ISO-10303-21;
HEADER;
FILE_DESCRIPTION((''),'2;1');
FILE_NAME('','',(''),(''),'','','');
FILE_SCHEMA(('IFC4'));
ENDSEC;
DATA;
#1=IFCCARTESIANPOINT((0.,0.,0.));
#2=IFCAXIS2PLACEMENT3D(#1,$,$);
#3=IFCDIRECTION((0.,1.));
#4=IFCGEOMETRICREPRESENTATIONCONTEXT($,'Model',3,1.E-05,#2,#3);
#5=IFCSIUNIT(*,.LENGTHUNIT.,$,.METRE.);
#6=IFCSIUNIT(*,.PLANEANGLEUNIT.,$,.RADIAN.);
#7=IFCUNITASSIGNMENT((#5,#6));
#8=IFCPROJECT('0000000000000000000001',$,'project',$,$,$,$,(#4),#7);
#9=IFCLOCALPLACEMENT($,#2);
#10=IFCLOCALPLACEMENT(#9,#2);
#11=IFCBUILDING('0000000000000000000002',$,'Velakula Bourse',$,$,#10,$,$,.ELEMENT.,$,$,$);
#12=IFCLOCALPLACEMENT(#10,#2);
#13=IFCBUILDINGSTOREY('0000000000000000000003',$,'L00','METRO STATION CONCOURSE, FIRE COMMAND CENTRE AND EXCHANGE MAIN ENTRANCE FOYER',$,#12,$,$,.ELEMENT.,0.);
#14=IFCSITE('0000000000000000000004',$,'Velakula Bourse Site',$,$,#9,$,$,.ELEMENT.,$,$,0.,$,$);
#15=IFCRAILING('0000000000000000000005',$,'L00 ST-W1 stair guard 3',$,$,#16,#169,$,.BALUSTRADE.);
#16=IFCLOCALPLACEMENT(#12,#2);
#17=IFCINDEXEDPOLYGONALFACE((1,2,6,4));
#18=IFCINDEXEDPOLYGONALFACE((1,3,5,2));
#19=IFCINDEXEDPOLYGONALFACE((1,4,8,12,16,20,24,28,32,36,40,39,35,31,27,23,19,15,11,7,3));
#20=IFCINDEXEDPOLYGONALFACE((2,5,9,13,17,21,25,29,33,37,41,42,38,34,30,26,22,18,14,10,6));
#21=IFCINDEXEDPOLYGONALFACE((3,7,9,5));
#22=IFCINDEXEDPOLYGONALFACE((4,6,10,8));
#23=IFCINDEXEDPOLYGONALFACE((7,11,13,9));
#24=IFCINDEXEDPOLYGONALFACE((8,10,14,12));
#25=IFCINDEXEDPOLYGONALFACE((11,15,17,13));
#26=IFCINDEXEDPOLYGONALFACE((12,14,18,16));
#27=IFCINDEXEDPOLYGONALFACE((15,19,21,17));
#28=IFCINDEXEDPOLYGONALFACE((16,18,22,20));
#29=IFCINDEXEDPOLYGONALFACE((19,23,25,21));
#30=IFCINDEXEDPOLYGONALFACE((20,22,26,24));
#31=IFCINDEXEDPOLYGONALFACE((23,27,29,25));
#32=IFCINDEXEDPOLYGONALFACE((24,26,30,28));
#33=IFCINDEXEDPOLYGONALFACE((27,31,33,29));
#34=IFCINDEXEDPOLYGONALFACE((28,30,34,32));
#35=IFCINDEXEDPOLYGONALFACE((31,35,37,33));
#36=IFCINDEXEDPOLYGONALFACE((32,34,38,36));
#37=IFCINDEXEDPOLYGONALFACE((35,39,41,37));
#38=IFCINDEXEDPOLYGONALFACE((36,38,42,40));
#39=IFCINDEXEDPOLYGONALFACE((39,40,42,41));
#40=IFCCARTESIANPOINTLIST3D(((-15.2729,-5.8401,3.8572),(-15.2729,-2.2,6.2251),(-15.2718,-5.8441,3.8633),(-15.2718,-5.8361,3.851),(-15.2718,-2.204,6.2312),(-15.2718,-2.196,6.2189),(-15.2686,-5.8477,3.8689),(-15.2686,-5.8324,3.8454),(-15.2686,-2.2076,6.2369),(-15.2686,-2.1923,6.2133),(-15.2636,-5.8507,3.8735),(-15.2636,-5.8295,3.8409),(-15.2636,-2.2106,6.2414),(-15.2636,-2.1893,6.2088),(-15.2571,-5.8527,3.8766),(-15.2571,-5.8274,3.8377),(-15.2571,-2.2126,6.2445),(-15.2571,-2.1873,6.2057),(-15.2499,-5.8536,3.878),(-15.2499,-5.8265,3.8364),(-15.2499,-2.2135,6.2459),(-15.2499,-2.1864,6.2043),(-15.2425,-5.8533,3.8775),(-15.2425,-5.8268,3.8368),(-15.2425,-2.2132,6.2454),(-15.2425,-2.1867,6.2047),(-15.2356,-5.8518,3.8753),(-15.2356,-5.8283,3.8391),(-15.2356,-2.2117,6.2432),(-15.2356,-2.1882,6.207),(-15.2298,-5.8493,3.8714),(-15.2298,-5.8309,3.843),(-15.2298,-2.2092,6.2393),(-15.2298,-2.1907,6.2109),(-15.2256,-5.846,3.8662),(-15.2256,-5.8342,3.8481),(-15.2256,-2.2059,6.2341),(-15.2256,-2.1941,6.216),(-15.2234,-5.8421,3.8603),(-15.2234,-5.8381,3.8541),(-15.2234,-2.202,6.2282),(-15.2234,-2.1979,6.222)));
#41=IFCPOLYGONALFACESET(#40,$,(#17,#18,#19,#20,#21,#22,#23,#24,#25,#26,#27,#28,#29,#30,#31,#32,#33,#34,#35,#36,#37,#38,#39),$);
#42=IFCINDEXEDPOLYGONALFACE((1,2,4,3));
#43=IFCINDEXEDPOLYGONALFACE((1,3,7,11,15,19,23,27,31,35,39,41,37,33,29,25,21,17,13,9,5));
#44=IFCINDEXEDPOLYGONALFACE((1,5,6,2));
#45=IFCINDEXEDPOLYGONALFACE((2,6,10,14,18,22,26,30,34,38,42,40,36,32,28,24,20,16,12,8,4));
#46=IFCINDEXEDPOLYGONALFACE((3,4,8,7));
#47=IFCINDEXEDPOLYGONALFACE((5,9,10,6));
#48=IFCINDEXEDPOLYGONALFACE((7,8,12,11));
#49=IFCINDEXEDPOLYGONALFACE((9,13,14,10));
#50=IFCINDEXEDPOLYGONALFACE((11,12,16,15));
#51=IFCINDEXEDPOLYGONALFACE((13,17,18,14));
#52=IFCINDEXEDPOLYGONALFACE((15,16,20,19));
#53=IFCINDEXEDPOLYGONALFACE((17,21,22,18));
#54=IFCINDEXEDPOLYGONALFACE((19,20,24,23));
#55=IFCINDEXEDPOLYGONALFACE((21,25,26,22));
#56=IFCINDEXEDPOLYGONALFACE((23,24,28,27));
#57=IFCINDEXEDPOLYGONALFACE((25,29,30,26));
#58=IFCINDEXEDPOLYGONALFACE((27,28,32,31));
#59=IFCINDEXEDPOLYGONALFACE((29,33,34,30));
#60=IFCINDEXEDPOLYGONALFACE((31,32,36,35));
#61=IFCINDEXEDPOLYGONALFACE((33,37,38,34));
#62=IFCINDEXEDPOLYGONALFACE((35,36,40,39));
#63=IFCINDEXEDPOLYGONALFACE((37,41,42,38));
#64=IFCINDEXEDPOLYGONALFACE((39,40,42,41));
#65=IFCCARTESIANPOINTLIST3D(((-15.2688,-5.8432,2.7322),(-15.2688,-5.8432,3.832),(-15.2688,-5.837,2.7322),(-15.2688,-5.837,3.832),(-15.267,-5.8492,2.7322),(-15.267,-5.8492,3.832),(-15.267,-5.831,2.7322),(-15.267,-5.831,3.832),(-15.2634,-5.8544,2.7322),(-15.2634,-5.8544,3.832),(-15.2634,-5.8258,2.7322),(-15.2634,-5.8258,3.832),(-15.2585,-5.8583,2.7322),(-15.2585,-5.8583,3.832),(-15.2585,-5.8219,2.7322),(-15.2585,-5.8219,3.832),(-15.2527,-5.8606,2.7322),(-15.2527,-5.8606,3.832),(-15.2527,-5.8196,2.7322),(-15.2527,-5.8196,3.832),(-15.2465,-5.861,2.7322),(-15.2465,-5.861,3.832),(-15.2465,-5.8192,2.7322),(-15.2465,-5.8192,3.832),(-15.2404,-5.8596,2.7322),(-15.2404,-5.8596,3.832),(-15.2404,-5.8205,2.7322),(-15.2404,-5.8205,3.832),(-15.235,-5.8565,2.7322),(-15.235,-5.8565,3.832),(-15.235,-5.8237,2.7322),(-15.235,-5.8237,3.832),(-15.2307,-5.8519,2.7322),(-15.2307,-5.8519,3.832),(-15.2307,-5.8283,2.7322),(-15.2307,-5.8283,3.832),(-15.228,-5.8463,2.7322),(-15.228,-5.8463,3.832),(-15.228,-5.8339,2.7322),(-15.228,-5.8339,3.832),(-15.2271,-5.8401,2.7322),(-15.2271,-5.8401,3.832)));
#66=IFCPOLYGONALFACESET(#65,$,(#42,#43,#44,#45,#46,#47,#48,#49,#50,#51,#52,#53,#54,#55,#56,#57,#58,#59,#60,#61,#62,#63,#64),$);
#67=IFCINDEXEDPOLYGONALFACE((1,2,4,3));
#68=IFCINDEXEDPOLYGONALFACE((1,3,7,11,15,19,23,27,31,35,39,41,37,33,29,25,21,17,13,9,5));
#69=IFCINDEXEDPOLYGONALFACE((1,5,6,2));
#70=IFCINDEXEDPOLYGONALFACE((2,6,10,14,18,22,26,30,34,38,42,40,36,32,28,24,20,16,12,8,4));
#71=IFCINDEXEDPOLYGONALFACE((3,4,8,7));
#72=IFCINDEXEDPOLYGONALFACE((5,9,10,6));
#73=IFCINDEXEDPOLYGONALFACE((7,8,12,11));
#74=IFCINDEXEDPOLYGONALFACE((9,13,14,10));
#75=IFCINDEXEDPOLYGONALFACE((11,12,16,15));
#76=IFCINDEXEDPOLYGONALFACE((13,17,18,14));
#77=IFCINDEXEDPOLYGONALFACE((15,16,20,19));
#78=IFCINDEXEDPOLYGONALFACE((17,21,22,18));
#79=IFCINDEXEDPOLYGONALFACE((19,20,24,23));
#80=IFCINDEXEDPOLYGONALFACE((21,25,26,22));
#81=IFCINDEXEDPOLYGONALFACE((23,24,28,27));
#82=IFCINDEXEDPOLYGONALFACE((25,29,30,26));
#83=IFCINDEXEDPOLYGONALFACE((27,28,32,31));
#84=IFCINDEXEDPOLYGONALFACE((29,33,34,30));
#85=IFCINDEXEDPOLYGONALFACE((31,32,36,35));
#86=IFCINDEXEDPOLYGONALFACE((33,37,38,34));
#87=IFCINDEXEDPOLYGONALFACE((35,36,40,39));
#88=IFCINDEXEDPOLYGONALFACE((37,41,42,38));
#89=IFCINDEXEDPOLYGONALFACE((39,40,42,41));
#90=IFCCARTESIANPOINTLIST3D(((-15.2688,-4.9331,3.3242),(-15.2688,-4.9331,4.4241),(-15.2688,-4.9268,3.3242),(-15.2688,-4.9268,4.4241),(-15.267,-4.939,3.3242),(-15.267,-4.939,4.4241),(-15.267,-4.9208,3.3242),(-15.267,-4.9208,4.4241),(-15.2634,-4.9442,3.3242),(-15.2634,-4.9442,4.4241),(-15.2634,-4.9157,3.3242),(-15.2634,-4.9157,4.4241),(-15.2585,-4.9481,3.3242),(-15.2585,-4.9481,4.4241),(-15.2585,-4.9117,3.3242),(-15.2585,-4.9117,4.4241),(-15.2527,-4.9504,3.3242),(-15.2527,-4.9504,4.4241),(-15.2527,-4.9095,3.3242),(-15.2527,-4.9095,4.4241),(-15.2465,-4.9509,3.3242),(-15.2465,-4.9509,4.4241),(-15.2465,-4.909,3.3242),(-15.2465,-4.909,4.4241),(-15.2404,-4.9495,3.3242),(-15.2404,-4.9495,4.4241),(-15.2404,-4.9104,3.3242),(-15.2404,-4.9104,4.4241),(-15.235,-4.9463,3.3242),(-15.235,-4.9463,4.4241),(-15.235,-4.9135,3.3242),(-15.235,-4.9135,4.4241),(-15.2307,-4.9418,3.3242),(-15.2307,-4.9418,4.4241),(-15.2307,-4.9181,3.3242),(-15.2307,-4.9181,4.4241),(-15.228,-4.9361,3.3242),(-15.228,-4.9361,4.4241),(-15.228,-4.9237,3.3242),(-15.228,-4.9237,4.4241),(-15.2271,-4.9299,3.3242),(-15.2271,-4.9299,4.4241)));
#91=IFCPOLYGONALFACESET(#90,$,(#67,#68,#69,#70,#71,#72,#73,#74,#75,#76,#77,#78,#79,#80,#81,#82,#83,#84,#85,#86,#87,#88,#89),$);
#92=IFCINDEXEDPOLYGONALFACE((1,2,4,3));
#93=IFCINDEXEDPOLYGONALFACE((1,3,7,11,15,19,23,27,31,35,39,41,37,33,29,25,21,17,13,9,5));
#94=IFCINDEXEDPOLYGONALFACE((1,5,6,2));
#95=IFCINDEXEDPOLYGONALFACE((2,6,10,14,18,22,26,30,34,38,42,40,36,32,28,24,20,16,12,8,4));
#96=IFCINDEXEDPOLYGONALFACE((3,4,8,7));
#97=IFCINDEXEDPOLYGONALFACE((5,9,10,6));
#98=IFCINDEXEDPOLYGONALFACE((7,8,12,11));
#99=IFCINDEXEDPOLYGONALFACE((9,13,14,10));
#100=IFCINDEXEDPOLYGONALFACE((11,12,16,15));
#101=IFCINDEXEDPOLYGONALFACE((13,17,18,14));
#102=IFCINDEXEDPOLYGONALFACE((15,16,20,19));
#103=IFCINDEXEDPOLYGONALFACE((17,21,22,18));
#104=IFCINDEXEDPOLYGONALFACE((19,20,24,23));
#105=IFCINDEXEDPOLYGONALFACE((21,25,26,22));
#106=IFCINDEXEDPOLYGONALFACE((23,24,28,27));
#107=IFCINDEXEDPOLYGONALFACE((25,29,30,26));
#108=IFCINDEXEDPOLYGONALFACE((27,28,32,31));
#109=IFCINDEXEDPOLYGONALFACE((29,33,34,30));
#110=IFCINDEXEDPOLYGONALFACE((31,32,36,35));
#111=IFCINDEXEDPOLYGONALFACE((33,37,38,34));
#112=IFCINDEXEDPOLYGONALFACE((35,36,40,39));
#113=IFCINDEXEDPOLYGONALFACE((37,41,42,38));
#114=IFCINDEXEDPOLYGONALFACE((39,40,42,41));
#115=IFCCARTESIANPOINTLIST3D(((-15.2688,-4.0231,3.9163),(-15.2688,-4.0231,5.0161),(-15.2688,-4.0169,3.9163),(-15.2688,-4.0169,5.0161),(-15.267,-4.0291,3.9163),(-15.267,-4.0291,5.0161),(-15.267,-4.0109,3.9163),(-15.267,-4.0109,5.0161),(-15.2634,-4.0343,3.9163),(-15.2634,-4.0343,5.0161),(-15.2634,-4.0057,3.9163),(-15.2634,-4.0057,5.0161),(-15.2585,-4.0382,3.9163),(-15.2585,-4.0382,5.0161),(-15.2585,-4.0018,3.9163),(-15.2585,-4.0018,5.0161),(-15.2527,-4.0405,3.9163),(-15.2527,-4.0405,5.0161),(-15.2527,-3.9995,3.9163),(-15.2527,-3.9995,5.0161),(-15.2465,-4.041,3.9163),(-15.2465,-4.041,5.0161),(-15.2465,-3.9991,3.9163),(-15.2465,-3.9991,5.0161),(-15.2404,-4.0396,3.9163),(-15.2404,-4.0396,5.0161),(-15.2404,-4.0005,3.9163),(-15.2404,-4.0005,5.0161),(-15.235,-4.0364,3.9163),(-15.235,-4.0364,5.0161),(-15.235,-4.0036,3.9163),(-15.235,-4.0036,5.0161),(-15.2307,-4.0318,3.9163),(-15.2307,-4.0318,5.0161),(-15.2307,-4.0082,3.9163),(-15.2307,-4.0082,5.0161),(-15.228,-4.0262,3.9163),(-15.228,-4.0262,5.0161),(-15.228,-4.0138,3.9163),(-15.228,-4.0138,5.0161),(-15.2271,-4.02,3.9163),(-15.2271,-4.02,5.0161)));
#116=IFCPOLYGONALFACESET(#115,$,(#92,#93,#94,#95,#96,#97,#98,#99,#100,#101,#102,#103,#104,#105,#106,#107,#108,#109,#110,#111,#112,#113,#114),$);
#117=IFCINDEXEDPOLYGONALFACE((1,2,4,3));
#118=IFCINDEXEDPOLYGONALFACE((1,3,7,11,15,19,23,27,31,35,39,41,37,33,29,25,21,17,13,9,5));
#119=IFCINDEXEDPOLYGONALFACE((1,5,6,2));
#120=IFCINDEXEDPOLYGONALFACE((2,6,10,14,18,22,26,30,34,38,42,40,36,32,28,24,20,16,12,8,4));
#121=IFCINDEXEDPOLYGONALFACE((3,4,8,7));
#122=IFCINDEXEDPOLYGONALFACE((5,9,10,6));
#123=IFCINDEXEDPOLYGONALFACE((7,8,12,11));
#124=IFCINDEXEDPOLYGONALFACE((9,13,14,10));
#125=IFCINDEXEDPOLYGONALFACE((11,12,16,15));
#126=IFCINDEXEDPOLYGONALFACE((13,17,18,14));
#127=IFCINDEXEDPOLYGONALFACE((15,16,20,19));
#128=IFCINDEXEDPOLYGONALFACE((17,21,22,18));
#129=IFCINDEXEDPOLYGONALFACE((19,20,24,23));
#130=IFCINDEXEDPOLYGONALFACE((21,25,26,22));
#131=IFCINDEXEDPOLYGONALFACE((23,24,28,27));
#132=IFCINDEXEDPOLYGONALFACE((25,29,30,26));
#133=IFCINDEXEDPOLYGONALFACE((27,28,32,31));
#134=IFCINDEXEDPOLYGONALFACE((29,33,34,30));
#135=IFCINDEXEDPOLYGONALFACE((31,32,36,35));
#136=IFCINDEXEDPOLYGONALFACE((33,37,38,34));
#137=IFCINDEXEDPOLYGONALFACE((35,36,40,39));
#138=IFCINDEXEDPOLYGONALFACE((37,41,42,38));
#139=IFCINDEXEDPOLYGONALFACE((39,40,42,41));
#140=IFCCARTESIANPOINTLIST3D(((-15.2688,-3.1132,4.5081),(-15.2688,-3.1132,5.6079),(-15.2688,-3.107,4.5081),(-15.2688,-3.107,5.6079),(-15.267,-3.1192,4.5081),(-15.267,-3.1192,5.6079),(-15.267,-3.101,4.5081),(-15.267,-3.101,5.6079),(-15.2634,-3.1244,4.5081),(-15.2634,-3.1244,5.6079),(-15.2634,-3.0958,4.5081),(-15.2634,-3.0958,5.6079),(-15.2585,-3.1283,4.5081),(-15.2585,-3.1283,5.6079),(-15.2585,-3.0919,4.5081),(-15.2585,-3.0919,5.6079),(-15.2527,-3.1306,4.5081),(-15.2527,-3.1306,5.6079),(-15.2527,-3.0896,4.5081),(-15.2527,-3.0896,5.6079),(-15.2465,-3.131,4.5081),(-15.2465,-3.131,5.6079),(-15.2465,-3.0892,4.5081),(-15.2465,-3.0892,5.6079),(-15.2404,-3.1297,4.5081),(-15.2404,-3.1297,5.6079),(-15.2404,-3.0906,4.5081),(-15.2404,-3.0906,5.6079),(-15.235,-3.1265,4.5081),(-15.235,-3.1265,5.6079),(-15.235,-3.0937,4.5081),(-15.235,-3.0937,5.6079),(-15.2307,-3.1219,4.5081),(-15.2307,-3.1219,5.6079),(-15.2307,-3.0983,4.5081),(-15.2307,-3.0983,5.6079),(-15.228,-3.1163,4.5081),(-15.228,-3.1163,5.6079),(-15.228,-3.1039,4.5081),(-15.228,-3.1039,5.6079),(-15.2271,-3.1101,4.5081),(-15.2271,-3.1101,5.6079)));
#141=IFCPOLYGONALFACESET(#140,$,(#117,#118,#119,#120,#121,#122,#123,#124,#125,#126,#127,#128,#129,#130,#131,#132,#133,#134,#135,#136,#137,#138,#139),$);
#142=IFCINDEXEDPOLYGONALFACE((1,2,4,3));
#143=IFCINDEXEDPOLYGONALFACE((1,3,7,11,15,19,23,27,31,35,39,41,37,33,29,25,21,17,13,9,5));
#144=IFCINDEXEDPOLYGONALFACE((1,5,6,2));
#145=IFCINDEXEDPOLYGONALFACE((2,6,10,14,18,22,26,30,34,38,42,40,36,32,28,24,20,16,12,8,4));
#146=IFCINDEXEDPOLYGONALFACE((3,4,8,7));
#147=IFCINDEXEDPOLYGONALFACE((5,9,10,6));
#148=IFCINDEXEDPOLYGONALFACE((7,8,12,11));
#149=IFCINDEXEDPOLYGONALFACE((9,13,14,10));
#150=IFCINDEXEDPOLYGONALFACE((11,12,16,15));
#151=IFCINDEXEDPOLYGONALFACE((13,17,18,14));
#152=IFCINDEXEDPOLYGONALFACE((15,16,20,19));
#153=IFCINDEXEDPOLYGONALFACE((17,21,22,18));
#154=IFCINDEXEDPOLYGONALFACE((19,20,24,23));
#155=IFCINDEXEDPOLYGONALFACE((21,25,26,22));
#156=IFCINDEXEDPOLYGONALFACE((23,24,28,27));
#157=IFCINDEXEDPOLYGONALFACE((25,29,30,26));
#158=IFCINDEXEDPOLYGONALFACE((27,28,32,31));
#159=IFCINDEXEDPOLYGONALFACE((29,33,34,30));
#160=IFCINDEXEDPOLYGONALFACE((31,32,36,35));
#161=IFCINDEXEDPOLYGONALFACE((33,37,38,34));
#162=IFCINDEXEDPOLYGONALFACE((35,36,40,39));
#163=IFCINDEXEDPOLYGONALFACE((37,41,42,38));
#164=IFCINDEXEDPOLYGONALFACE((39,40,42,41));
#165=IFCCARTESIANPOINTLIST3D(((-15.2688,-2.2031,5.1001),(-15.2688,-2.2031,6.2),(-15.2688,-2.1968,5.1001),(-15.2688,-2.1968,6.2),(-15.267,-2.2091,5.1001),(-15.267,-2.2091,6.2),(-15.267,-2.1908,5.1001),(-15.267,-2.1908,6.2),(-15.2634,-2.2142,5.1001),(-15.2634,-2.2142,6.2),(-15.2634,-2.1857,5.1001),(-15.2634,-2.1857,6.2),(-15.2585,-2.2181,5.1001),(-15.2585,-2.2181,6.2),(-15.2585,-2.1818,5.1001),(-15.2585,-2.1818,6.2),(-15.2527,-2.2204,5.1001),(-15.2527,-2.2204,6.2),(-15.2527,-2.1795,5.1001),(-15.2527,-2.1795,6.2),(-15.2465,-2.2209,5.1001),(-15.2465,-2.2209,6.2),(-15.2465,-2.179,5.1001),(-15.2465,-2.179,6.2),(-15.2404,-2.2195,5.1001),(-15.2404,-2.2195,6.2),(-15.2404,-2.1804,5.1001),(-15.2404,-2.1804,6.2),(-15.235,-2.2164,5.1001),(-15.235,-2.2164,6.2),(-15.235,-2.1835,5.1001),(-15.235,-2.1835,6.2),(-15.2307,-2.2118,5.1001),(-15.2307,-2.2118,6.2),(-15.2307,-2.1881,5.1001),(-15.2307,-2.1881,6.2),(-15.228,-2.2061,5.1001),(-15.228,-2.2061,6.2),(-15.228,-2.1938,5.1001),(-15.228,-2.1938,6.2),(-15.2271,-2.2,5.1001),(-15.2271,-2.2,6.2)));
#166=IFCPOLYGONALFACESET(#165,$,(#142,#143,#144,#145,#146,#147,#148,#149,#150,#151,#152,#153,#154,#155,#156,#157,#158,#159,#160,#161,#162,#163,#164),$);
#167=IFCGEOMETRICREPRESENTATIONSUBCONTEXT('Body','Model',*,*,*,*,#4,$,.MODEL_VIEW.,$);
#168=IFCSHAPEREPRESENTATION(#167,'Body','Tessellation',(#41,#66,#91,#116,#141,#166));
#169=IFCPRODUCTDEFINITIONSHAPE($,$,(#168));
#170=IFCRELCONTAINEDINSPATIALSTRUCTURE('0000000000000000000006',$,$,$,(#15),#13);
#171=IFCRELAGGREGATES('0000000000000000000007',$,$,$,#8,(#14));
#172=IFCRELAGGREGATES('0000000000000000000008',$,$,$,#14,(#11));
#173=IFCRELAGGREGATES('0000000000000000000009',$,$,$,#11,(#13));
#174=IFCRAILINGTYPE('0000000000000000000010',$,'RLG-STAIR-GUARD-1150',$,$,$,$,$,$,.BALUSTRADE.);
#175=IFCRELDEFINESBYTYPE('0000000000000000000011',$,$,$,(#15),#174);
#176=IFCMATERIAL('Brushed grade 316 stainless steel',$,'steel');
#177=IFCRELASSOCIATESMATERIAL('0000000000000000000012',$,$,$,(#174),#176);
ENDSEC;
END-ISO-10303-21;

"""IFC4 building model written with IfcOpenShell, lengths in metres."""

from ifc_helpers import new_model, si_unit, direction, frame, origin, origin_2d, place, context, subcontext, project, spatial, circle, extrude, material, type_object, element, save


model = new_model("IFC4")

# Units and contexts
model_context = context("Model", 3, precision=1e-05, world=origin(), true_north=direction((0.0, 1.0)))
body_context = subcontext(model_context, "Body", "Model", "MODEL_VIEW")
ifc_project = project(units=[si_unit("LENGTHUNIT", "METRE"), si_unit("PLANEANGLEUNIT", "RADIAN")], contexts=[model_context])

# Site, building, storey
site_placement = place(None, origin())
site = spatial("IfcSite", under=ifc_project, at=site_placement, Name="Velakula Bourse Site", CompositionType="ELEMENT", RefElevation=0.0)
building_placement = place(site_placement, origin())
building = spatial("IfcBuilding", under=site, at=building_placement, Name="Velakula Bourse", CompositionType="ELEMENT")
storey_placement = place(building_placement, origin())
storey = spatial("IfcBuildingStorey", under=building, at=storey_placement, Name="L00", Description="METRO STATION CONCOURSE, FIRE COMMAND CENTRE AND EXCHANGE MAIN ENTRANCE FOYER", CompositionType="ELEMENT", Elevation=0.0)

# Shared definitions
ifc_material_1 = material(Name="Brushed grade 316 stainless steel", Category="steel")

# Railing
railing_type_1 = type_object("IfcRailingType", Name="RLG-STAIR-GUARD-1150", PredefinedType="BALUSTRADE", material=ifc_material_1)
railing_1_placement = place(storey_placement, frame((-15.248, -5.8401, 2.7322)))
element("IfcRailing", 1, at=railing_1_placement, inside=storey, type_object=railing_type_1, Name="L00 ST-W1 stair guard 3", PredefinedType="BALUSTRADE", context=body_context, shape_type="SweptSolid", body=[
    extrude(circle(Radius=0.0249, at=origin_2d()), frame((0.0, 0.0, 1.125), z_axis=(0.0, 0.838251, 0.545285), x_axis=(-1.0, 0.0, 0.0)), (0.0, 0.0, 1.0), 4.3425),
    extrude(circle(Radius=0.021, at=origin_2d()), origin(), (0.0, 0.0, 1.0), 1.0999),
    extrude(circle(Radius=0.021, at=origin_2d()), frame((0.0, 0.9102, 0.592)), (0.0, 0.0, 1.0), 1.0999),
    extrude(circle(Radius=0.021, at=origin_2d()), frame((0.0, 1.8201, 1.1841)), (0.0, 0.0, 1.0), 1.0999),
    extrude(circle(Radius=0.021, at=origin_2d()), frame((0.0, 2.73, 1.7759)), (0.0, 0.0, 1.0), 1.0999),
    extrude(circle(Radius=0.021, at=origin_2d()), frame((0.0, 3.6401, 2.3679)), (0.0, 0.0, 1.0), 1.0999),
])

save(model, "model.ifc")
